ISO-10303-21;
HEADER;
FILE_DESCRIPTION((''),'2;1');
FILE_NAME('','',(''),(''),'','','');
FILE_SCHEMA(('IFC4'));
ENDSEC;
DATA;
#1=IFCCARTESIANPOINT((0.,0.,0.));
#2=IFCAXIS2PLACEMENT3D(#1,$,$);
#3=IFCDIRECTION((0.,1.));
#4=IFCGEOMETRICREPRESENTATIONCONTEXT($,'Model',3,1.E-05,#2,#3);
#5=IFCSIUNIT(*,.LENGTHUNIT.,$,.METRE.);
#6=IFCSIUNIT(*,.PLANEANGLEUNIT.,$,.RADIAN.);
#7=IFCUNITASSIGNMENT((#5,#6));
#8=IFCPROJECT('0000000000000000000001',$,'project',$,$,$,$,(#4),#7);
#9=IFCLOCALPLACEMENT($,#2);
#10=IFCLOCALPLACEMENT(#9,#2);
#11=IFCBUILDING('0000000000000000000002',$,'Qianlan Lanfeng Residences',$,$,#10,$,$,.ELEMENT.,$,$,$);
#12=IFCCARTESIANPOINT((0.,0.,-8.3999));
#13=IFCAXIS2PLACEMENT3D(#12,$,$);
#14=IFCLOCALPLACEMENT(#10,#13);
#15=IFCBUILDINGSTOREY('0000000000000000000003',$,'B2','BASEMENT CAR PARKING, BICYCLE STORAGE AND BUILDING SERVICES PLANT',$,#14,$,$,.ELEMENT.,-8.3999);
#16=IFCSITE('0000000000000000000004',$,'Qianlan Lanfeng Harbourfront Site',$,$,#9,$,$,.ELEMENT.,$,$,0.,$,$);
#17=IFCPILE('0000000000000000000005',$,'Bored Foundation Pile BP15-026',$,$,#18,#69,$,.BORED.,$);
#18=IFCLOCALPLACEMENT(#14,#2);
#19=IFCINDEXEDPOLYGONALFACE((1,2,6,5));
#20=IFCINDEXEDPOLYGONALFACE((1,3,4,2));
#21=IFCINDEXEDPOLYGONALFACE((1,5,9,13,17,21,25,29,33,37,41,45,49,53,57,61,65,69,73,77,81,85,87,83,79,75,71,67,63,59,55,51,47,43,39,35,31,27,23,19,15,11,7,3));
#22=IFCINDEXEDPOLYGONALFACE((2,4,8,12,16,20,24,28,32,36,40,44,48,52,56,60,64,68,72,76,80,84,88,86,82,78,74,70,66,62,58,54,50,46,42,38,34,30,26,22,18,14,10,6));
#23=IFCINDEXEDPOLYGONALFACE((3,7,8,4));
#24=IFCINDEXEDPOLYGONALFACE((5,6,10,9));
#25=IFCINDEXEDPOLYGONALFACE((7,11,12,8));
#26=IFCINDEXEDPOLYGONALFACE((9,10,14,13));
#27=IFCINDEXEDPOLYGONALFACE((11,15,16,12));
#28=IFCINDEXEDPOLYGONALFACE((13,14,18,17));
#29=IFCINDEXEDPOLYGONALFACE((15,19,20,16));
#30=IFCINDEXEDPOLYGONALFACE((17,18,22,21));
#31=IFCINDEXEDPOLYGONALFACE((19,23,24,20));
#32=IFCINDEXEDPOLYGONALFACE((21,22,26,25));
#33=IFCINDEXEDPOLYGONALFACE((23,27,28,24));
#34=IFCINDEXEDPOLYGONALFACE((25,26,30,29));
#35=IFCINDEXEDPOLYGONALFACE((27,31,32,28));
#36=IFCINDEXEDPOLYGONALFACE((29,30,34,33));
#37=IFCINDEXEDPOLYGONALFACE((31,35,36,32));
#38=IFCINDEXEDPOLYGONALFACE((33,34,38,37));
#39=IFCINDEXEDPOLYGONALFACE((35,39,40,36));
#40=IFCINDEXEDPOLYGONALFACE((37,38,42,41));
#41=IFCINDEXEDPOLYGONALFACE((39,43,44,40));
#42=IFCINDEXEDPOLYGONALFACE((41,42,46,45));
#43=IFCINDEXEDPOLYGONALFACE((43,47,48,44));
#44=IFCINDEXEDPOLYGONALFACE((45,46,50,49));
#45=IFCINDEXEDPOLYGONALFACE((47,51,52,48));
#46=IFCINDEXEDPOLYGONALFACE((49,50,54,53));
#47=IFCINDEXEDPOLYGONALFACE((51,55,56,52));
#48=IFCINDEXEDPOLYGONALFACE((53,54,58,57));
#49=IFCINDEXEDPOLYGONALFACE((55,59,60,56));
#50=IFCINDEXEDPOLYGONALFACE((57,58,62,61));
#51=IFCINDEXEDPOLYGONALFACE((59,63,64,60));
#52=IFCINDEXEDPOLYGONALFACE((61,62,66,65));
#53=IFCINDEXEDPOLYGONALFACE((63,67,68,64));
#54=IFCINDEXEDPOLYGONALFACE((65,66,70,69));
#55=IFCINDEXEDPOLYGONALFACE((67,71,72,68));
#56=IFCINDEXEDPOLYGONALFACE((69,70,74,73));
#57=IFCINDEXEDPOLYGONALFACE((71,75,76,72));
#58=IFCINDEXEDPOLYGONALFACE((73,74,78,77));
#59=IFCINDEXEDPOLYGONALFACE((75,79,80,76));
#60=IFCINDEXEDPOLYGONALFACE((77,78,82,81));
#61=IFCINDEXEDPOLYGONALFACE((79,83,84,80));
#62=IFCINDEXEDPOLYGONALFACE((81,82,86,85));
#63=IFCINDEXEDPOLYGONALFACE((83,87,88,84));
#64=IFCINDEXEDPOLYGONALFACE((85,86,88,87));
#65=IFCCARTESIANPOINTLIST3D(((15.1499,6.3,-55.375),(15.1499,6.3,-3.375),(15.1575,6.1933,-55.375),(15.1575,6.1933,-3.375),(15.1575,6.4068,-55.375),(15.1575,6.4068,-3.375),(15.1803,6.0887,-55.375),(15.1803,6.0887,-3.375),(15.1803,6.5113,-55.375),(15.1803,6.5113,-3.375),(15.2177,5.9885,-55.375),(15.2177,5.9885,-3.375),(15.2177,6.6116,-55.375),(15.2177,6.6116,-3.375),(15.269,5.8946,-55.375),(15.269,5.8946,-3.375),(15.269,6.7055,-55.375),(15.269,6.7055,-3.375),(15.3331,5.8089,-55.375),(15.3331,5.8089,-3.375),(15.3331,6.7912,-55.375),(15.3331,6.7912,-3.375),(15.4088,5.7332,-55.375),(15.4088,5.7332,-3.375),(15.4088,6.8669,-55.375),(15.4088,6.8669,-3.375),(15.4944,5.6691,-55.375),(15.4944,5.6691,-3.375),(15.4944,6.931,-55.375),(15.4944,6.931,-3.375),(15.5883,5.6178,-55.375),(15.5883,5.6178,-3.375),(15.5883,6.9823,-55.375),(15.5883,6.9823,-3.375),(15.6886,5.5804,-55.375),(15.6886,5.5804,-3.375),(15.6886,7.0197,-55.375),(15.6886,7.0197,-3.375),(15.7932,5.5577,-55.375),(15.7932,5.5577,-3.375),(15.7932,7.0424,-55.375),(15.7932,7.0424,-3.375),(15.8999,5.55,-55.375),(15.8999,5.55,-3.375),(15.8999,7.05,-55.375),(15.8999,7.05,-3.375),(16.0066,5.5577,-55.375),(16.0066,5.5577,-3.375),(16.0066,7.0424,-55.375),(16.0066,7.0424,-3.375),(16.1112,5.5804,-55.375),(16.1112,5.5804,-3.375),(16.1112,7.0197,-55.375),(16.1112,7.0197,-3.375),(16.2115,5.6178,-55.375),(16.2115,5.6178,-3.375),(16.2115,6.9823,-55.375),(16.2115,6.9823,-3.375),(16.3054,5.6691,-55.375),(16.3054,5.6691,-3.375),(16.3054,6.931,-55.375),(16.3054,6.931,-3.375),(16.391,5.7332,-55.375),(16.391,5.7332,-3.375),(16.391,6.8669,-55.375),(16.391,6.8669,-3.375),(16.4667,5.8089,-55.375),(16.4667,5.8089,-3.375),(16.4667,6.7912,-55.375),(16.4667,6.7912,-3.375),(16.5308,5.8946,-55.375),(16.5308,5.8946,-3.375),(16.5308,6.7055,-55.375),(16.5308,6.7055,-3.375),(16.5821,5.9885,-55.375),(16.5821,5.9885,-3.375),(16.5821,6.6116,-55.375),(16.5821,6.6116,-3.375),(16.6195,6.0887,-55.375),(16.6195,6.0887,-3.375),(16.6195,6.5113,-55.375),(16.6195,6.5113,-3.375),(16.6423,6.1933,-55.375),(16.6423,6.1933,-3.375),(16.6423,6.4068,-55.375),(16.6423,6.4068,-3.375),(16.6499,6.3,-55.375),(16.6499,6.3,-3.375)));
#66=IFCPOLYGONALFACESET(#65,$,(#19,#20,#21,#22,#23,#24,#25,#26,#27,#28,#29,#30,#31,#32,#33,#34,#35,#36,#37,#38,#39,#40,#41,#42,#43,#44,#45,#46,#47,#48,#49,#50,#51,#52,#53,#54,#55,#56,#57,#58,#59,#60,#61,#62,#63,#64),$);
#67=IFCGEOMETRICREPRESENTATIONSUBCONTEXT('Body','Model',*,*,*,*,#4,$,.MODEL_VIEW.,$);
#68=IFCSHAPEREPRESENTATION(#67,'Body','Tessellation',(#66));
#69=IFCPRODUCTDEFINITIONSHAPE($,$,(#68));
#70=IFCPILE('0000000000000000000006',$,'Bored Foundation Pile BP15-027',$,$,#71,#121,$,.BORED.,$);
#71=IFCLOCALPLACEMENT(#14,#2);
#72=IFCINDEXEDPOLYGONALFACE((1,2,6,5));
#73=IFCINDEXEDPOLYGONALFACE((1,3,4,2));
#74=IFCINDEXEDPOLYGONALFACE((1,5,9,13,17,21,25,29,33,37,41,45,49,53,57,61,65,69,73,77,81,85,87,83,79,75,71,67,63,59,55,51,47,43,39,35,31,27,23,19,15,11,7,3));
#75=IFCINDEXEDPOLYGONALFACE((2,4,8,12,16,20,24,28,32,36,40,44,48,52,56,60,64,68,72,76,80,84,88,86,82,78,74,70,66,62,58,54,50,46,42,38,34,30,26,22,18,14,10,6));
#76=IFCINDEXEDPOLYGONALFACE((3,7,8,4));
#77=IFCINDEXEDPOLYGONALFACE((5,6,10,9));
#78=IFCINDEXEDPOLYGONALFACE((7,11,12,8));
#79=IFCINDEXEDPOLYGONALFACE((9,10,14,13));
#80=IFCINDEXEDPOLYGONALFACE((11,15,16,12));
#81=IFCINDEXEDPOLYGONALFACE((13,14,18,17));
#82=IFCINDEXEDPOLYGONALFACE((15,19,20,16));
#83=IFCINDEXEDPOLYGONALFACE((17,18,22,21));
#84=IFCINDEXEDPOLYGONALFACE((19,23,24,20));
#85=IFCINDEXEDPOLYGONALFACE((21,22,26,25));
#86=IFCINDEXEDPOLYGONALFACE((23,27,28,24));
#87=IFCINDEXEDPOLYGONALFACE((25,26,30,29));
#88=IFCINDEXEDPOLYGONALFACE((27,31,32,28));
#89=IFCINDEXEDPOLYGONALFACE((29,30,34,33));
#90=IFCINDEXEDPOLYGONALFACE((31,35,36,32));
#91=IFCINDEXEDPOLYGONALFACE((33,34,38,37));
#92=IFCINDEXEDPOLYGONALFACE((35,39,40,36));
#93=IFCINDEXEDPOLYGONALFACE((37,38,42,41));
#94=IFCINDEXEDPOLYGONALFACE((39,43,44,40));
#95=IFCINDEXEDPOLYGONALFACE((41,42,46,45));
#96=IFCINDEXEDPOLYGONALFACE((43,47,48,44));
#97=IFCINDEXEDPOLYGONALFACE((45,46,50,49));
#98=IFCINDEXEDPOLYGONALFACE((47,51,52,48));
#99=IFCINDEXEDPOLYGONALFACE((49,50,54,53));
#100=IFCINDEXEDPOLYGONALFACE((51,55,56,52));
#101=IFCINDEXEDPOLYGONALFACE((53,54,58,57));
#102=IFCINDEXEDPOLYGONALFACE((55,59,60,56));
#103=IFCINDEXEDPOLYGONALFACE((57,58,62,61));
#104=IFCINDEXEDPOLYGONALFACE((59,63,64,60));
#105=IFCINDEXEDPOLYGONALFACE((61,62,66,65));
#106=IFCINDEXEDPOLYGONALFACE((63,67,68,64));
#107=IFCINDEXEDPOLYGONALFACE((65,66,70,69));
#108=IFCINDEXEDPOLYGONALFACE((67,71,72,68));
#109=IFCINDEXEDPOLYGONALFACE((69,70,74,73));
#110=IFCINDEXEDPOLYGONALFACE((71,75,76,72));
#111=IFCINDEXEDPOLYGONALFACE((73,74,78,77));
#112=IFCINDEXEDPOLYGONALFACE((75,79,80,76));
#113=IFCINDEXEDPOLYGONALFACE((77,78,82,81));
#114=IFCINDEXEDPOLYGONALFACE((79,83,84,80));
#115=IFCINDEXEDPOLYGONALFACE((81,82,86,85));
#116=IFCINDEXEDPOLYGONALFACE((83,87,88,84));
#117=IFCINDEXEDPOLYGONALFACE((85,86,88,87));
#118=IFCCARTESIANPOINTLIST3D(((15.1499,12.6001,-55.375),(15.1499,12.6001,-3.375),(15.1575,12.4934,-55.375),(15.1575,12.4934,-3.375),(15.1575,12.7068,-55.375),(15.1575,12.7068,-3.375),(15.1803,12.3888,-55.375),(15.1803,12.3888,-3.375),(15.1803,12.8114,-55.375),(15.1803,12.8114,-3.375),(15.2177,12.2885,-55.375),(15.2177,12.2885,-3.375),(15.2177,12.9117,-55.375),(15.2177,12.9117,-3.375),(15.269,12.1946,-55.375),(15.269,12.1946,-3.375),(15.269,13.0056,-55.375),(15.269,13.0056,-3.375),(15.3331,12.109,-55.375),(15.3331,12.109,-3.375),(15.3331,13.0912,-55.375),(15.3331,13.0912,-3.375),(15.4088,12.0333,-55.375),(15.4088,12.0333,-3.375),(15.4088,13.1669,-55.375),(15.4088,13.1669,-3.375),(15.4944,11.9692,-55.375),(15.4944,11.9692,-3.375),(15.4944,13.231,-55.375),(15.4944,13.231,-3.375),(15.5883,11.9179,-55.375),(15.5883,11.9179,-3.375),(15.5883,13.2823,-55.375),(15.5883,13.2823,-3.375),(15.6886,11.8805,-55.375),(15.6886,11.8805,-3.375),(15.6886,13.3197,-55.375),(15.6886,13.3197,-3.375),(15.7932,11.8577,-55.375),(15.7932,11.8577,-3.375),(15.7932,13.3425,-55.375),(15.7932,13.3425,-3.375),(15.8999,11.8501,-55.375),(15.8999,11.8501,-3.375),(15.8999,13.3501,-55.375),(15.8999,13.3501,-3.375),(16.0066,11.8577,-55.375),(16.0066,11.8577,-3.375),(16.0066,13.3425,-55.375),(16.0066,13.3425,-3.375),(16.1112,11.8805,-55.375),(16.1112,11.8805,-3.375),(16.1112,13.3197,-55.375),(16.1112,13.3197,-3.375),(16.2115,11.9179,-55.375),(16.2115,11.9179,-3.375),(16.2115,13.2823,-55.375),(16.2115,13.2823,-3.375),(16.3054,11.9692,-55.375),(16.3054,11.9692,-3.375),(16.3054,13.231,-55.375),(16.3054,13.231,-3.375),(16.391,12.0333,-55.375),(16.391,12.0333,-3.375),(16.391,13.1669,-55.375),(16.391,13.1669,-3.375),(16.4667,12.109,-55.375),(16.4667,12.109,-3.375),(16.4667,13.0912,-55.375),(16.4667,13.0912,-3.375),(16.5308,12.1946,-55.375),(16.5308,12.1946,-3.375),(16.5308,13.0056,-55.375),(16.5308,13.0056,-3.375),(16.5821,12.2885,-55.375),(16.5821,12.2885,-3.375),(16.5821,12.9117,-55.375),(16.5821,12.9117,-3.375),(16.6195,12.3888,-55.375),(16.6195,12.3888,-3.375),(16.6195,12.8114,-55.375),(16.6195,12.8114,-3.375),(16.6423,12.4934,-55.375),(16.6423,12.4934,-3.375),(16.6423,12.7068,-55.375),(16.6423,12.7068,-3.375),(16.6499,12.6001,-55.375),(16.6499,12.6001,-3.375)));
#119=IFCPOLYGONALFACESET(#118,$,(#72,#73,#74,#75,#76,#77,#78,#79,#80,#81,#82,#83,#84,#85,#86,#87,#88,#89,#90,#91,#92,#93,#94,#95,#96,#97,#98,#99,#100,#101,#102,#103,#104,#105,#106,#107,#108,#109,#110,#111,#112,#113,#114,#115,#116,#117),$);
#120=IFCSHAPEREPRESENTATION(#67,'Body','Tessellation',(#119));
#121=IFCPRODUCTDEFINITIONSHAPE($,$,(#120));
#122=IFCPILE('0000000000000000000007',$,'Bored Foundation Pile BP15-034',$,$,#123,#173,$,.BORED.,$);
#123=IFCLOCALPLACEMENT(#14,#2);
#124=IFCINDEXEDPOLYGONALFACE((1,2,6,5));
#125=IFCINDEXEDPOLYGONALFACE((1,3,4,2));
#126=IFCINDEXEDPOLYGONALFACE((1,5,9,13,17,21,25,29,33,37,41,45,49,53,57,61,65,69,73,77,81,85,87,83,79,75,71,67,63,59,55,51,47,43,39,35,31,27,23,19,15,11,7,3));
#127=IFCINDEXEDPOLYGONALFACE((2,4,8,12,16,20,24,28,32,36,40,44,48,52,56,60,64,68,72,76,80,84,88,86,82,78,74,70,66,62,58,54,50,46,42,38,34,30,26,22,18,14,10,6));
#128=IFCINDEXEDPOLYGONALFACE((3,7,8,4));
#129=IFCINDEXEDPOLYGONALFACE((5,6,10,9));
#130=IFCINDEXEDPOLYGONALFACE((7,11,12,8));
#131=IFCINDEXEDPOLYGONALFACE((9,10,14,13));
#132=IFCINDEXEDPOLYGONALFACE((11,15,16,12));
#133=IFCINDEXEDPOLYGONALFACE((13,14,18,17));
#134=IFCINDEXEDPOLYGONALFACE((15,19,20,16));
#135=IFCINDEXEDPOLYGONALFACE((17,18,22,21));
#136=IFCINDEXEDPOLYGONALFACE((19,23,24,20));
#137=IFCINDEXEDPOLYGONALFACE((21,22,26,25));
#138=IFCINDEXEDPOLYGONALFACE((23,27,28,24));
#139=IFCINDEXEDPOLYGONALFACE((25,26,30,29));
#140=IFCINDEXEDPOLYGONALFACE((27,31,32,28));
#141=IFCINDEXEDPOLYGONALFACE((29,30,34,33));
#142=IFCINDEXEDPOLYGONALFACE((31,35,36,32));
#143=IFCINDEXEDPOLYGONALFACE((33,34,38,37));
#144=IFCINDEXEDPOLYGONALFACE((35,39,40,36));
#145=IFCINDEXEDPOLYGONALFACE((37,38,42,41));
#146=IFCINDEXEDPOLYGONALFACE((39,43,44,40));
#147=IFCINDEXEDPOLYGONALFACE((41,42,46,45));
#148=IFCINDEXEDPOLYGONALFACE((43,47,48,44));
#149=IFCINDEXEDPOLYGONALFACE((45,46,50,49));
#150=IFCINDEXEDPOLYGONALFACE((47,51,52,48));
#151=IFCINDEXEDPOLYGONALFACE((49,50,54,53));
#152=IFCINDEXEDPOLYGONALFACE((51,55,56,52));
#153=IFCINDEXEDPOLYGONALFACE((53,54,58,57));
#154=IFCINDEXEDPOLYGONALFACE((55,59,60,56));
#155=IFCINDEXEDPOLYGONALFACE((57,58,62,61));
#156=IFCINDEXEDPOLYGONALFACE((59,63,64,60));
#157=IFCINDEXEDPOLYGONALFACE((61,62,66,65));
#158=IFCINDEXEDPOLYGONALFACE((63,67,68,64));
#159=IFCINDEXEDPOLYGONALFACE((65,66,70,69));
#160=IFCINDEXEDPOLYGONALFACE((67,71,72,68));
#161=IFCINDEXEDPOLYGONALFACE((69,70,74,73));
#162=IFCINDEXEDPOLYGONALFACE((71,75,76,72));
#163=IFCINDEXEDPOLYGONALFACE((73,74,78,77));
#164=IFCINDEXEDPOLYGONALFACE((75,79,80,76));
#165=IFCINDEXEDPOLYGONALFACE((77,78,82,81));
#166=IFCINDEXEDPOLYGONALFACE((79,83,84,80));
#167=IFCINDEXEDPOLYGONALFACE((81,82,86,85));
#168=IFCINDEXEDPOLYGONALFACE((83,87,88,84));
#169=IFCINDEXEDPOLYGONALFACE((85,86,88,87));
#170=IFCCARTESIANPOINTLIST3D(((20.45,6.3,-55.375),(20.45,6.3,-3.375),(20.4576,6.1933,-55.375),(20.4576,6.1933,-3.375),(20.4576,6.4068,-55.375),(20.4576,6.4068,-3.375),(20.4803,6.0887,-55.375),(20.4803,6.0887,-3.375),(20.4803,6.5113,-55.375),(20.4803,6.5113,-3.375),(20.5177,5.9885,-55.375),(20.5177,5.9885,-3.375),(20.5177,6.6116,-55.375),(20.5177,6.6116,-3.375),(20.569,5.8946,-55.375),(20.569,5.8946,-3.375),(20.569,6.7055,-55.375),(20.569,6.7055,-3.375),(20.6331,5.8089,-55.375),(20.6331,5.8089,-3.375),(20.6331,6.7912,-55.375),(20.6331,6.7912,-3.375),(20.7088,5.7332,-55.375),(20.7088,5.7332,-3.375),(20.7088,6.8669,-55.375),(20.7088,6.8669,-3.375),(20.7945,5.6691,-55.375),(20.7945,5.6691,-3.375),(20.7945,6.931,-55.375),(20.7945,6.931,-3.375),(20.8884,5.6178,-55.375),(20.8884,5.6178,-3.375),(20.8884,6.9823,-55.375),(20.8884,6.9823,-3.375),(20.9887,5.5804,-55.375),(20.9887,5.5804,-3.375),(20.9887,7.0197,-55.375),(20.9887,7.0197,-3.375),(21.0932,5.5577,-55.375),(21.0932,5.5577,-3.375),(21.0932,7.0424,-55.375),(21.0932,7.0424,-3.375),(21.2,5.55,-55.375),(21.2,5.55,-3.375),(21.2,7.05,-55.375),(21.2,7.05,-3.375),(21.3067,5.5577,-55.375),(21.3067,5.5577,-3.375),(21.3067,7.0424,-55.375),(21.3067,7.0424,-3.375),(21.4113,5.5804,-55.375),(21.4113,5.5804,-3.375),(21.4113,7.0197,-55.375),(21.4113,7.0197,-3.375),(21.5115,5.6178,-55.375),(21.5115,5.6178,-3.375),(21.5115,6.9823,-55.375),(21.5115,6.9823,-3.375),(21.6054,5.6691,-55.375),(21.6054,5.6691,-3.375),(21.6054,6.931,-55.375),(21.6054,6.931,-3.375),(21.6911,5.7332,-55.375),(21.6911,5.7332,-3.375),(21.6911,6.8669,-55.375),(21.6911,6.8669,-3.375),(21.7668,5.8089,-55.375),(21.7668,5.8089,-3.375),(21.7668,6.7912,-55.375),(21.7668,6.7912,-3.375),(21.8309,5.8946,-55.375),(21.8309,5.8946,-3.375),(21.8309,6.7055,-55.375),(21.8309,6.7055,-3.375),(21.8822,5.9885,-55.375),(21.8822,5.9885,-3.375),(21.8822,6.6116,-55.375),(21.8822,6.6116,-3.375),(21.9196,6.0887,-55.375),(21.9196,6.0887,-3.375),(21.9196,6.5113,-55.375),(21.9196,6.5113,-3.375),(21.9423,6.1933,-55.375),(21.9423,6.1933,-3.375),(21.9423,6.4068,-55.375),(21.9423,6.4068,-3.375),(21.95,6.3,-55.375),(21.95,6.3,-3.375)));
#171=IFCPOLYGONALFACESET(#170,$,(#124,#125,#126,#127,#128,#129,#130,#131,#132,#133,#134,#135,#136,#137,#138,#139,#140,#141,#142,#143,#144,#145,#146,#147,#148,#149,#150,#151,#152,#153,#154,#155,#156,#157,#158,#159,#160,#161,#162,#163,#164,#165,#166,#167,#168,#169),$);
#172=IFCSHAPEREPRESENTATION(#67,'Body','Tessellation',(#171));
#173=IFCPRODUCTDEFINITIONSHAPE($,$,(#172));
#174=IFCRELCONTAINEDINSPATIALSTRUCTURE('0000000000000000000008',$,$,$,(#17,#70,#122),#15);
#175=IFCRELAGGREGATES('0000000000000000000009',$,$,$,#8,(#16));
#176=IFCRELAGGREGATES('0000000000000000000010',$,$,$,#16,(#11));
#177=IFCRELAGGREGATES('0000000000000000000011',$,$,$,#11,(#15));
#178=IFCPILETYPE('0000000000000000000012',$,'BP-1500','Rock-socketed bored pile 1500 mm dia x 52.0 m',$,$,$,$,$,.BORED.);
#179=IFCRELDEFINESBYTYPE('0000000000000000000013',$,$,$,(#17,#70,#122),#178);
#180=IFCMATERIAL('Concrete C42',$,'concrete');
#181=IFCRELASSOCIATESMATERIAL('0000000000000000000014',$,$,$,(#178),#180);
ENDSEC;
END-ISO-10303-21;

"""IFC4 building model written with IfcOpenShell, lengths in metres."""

from ifc_helpers import new_model, si_unit, direction, frame, origin, origin_2d, place, context, subcontext, project, spatial, circle, extrude, material, material_profile, profile_set, type_object, element, save


model = new_model("IFC4")

# Units and contexts
model_context = context("Model", 3, precision=1e-05, world=origin(), true_north=direction((0.0, 1.0)))
body_context = subcontext(model_context, "Body", "Model", "MODEL_VIEW")
ifc_project = project(units=[si_unit("LENGTHUNIT", "METRE"), si_unit("PLANEANGLEUNIT", "RADIAN")], contexts=[model_context])

# Site, building, storey
site_placement = place(None, origin())
site = spatial("IfcSite", under=ifc_project, at=site_placement, Name="Qianlan Lanfeng Harbourfront Site", CompositionType="ELEMENT", RefElevation=0.0)
building_placement = place(site_placement, origin())
building = spatial("IfcBuilding", under=site, at=building_placement, Name="Qianlan Lanfeng Residences", CompositionType="ELEMENT")
storey_placement = place(building_placement, frame((0.0, 0.0, -8.3999)))
storey = spatial("IfcBuildingStorey", under=building, at=storey_placement, Name="B2", Description="BASEMENT CAR PARKING, BICYCLE STORAGE AND BUILDING SERVICES PLANT", CompositionType="ELEMENT", Elevation=-8.3999)

# Piles
ifc_material_1 = material(Name="Concrete C42", Category="concrete")
ifc_material_profile_1 = material_profile(ifc_material_1, circle(Radius=0.75, at=origin_2d()), Name="PILE D1500")
ifc_profile_set_1 = profile_set([ifc_material_profile_1], Name="Concrete C42")
pile_type = type_object("IfcPileType", Name="BP-1500", Description="Rock-socketed bored pile 1500 mm dia x 52.0 m", PredefinedType="BORED", material=ifc_profile_set_1)
for number, where, z_axis, x_axis, name in (
    (1, (15.8999, 6.3, -3.375), (0.0, 0.0, -1.0), (1.0, 0.0, 0.0), "Bored Foundation Pile BP15-026"),
    (2, (15.8999, 12.6001, -3.375), (0.0, 0.0, -1.0), (1.0, 0.0, 0.0), "Bored Foundation Pile BP15-027"),
    (3, (21.2, 6.3, -3.375), (0.0, 0.0, -1.0), (1.0, 0.0, 0.0), "Bored Foundation Pile BP15-034"),
):
    element("IfcPile", number, at=place(storey_placement, frame(where, z_axis=z_axis, x_axis=x_axis)), inside=storey, type_object=pile_type, Name=name, PredefinedType="BORED", context=body_context, shape_type="SweptSolid", body=[
        extrude(circle(Radius=0.75, at=origin_2d()), origin(), (0.0, 0.0, 1.0), 52.0),
    ])

save(model, "model.ifc")
